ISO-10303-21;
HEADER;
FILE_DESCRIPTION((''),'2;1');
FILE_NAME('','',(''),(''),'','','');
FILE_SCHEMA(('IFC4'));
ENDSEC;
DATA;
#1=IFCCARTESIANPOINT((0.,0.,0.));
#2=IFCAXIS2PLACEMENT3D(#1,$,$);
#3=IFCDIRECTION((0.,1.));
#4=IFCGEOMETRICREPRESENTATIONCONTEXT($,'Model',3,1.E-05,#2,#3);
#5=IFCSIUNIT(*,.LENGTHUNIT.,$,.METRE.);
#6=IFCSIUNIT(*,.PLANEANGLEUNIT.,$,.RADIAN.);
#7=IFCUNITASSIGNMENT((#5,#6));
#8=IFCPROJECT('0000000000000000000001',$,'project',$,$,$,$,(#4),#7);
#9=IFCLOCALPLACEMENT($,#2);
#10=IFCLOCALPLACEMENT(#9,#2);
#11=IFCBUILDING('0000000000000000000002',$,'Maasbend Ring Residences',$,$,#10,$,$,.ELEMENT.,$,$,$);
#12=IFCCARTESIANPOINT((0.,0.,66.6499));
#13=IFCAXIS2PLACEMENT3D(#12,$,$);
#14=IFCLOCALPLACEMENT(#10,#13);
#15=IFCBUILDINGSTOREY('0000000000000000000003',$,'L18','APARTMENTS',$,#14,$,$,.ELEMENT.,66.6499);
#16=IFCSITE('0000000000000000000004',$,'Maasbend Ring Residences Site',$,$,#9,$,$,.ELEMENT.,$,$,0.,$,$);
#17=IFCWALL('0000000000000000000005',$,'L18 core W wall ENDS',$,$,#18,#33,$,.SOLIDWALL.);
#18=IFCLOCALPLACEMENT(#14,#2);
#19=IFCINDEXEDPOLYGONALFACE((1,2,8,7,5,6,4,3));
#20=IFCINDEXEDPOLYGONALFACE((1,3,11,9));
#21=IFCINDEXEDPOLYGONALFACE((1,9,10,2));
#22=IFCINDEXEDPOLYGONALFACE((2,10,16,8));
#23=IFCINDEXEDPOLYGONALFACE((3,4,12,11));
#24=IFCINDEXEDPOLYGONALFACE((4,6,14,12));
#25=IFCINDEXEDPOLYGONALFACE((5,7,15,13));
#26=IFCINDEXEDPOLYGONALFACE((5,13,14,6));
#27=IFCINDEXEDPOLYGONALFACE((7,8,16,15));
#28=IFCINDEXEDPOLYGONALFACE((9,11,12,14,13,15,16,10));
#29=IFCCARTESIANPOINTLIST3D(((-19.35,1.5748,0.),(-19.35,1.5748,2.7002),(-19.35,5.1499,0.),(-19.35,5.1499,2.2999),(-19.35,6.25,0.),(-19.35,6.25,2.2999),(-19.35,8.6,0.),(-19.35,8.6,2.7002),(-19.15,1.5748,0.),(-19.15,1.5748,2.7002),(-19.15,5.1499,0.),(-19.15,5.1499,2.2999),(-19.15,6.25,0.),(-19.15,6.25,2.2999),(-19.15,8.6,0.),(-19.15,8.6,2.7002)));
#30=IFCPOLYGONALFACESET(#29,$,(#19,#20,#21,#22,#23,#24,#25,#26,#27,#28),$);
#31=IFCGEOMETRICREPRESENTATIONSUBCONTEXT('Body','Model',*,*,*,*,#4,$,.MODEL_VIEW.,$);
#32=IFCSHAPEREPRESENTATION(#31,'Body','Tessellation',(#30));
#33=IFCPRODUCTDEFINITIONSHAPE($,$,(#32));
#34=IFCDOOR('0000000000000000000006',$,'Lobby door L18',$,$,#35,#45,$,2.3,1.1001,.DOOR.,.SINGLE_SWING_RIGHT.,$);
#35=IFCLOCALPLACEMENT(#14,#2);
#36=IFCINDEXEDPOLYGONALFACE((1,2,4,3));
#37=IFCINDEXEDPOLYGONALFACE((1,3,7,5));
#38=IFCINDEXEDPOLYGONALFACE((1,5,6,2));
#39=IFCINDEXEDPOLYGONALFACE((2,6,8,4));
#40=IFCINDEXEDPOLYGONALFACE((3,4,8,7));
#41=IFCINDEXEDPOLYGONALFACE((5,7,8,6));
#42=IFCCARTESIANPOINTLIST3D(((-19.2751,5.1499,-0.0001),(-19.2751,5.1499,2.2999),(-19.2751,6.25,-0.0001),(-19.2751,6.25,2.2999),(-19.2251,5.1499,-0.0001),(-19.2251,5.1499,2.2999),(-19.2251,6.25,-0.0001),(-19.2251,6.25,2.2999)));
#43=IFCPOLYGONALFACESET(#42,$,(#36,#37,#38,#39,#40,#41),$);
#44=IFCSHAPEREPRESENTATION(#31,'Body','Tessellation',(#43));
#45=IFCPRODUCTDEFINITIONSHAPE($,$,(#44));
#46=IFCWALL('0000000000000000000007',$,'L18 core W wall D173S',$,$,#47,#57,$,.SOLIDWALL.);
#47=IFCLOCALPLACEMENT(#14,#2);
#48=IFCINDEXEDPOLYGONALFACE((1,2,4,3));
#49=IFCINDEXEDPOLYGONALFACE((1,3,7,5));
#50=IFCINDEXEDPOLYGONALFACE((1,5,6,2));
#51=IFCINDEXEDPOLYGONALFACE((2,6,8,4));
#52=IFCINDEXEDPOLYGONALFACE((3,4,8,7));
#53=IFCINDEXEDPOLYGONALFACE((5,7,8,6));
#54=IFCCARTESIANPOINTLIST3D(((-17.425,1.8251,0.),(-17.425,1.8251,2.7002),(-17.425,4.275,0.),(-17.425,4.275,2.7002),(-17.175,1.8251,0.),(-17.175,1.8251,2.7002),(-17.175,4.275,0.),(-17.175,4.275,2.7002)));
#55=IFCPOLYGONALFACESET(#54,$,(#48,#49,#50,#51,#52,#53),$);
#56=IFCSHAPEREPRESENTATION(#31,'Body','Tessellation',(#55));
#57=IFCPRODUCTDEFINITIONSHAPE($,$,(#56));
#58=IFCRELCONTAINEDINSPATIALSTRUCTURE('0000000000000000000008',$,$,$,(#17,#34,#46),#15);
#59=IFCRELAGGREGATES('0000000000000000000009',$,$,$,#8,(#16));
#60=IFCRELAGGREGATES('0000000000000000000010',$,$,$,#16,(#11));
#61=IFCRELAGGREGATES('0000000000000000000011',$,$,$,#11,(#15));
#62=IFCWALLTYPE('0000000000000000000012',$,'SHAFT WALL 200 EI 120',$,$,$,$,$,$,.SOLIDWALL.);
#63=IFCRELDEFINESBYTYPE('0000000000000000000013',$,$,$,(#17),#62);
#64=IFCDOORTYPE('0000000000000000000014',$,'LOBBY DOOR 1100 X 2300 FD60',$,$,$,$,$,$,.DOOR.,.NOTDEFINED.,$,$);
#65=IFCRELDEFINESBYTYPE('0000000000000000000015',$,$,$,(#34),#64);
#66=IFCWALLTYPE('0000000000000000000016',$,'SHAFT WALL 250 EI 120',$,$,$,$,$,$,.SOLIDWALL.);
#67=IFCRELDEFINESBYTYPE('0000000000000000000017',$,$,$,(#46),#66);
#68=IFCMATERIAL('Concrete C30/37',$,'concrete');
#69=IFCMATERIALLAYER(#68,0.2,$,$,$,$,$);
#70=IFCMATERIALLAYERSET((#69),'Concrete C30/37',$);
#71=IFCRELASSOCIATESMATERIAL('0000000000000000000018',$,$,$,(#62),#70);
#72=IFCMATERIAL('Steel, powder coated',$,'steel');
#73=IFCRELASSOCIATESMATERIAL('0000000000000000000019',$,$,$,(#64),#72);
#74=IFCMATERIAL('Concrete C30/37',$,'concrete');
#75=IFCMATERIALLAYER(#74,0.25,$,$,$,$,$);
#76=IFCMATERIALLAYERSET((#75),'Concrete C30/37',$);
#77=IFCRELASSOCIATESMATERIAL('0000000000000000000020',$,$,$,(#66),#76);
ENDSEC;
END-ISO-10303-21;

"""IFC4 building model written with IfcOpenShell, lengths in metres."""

from ifc_helpers import new_model, si_unit, direction, frame, frame_2d, origin, place, context, subcontext, project, spatial, rectangle, extrude, material, layer, layer_set, type_object, element, fill, save


model = new_model("IFC4")

# Units and contexts
model_context = context("Model", 3, precision=1e-05, world=origin(), true_north=direction((0.0, 1.0)))
body_context = subcontext(model_context, "Body", "Model", "MODEL_VIEW")
ifc_project = project(units=[si_unit("LENGTHUNIT", "METRE"), si_unit("PLANEANGLEUNIT", "RADIAN")], contexts=[model_context])

# Site, building, storey
site_placement = place(None, origin())
site = spatial("IfcSite", under=ifc_project, at=site_placement, Name="Maasbend Ring Residences Site", CompositionType="ELEMENT", RefElevation=0.0)
building_placement = place(site_placement, origin())
building = spatial("IfcBuilding", under=site, at=building_placement, Name="Maasbend Ring Residences", CompositionType="ELEMENT")
storey_placement = place(building_placement, frame((0.0, 0.0, 66.6499)))
storey = spatial("IfcBuildingStorey", under=building, at=storey_placement, Name="L18", Description="APARTMENTS", CompositionType="ELEMENT", Elevation=66.6499)

# Wall, opening, door
ifc_material_1 = material(Name="Concrete C30/37", Category="concrete")
ifc_layer_1 = layer(ifc_material_1, 0.2)
ifc_layer_set_1 = layer_set([ifc_layer_1], Name="Concrete C30/37")
wall_type_1 = type_object("IfcWallType", Name="SHAFT WALL 200 EI 120", PredefinedType="SOLIDWALL", material=ifc_layer_set_1)
wall_1_placement = place(storey_placement, frame((-19.25, 8.6001, 0.0), z_axis=(0.0, 0.0, 1.0), x_axis=(0.0, -1.0, 0.0)))
wall_1 = element("IfcWall", 1, at=wall_1_placement, inside=storey, type_object=wall_type_1, Name="L18 core W wall ENDS", PredefinedType="SOLIDWALL", context=body_context, shape_type="SweptSolid", body=[
    extrude(rectangle(XDim=7.0251, YDim=0.2, at=frame_2d((3.5127, 0.0))), origin(), (0.0, 0.0, 1.0), 2.7002),
])
opening_1_placement = place(wall_1_placement, frame((2.3501, 0.0, 0.0)))
opening_1 = element("IfcOpeningElement", 2, at=opening_1_placement, cuts=wall_1, PredefinedType="OPENING", context=body_context, shape_type="SweptSolid", body=[
    extrude(rectangle(XDim=1.1001, YDim=2.3, at=frame_2d((0.55, 1.1499))), frame((0.0, 0.1099, 0.0), z_axis=(0.0, -1.0, 0.0), x_axis=(1.0, 0.0, 0.0)), (0.0, 0.0, 1.0), 0.22),
])
ifc_material_2 = material(Name="Steel, powder coated", Category="steel")
door_type_1 = type_object("IfcDoorType", Name="LOBBY DOOR 1100 X 2300 FD60", OperationType="NOTDEFINED", PredefinedType="DOOR", material=ifc_material_2)
door_1_placement = place(opening_1_placement, origin())
door_1 = element("IfcDoor", 3, at=door_1_placement, inside=storey, type_object=door_type_1, Name="Lobby door L18", OperationType="SINGLE_SWING_RIGHT", OverallHeight=2.3, OverallWidth=1.1001, PredefinedType="DOOR", context=body_context, shape_type="SweptSolid", body=[
    extrude(rectangle(XDim=1.1001, YDim=2.3, at=frame_2d((0.55, 1.1499))), frame((0.0, 0.0249, 0.0), z_axis=(0.0, -1.0, 0.0), x_axis=(1.0, 0.0, 0.0)), (0.0, 0.0, 1.0), 0.05),
])
fill(opening_1, door_1)

# Wall
ifc_material_3 = material(Name="Concrete C30/37", Category="concrete")
ifc_layer_2 = layer(ifc_material_3, 0.25)
ifc_layer_set_2 = layer_set([ifc_layer_2], Name="Concrete C30/37")
wall_type_2 = type_object("IfcWallType", Name="SHAFT WALL 250 EI 120", PredefinedType="SOLIDWALL", material=ifc_layer_set_2)
wall_2_placement = place(storey_placement, frame((-17.3, 1.825, 0.0), z_axis=(0.0, 0.0, 1.0), x_axis=(0.0, 1.0, 0.0)))
element("IfcWall", 4, at=wall_2_placement, inside=storey, type_object=wall_type_2, Name="L18 core W wall D173S", PredefinedType="SOLIDWALL", context=body_context, shape_type="SweptSolid", body=[
    extrude(rectangle(XDim=2.45, YDim=0.25, at=frame_2d((1.2251, 0.0))), origin(), (0.0, 0.0, 1.0), 2.7002),
])

save(model, "model.ifc")
